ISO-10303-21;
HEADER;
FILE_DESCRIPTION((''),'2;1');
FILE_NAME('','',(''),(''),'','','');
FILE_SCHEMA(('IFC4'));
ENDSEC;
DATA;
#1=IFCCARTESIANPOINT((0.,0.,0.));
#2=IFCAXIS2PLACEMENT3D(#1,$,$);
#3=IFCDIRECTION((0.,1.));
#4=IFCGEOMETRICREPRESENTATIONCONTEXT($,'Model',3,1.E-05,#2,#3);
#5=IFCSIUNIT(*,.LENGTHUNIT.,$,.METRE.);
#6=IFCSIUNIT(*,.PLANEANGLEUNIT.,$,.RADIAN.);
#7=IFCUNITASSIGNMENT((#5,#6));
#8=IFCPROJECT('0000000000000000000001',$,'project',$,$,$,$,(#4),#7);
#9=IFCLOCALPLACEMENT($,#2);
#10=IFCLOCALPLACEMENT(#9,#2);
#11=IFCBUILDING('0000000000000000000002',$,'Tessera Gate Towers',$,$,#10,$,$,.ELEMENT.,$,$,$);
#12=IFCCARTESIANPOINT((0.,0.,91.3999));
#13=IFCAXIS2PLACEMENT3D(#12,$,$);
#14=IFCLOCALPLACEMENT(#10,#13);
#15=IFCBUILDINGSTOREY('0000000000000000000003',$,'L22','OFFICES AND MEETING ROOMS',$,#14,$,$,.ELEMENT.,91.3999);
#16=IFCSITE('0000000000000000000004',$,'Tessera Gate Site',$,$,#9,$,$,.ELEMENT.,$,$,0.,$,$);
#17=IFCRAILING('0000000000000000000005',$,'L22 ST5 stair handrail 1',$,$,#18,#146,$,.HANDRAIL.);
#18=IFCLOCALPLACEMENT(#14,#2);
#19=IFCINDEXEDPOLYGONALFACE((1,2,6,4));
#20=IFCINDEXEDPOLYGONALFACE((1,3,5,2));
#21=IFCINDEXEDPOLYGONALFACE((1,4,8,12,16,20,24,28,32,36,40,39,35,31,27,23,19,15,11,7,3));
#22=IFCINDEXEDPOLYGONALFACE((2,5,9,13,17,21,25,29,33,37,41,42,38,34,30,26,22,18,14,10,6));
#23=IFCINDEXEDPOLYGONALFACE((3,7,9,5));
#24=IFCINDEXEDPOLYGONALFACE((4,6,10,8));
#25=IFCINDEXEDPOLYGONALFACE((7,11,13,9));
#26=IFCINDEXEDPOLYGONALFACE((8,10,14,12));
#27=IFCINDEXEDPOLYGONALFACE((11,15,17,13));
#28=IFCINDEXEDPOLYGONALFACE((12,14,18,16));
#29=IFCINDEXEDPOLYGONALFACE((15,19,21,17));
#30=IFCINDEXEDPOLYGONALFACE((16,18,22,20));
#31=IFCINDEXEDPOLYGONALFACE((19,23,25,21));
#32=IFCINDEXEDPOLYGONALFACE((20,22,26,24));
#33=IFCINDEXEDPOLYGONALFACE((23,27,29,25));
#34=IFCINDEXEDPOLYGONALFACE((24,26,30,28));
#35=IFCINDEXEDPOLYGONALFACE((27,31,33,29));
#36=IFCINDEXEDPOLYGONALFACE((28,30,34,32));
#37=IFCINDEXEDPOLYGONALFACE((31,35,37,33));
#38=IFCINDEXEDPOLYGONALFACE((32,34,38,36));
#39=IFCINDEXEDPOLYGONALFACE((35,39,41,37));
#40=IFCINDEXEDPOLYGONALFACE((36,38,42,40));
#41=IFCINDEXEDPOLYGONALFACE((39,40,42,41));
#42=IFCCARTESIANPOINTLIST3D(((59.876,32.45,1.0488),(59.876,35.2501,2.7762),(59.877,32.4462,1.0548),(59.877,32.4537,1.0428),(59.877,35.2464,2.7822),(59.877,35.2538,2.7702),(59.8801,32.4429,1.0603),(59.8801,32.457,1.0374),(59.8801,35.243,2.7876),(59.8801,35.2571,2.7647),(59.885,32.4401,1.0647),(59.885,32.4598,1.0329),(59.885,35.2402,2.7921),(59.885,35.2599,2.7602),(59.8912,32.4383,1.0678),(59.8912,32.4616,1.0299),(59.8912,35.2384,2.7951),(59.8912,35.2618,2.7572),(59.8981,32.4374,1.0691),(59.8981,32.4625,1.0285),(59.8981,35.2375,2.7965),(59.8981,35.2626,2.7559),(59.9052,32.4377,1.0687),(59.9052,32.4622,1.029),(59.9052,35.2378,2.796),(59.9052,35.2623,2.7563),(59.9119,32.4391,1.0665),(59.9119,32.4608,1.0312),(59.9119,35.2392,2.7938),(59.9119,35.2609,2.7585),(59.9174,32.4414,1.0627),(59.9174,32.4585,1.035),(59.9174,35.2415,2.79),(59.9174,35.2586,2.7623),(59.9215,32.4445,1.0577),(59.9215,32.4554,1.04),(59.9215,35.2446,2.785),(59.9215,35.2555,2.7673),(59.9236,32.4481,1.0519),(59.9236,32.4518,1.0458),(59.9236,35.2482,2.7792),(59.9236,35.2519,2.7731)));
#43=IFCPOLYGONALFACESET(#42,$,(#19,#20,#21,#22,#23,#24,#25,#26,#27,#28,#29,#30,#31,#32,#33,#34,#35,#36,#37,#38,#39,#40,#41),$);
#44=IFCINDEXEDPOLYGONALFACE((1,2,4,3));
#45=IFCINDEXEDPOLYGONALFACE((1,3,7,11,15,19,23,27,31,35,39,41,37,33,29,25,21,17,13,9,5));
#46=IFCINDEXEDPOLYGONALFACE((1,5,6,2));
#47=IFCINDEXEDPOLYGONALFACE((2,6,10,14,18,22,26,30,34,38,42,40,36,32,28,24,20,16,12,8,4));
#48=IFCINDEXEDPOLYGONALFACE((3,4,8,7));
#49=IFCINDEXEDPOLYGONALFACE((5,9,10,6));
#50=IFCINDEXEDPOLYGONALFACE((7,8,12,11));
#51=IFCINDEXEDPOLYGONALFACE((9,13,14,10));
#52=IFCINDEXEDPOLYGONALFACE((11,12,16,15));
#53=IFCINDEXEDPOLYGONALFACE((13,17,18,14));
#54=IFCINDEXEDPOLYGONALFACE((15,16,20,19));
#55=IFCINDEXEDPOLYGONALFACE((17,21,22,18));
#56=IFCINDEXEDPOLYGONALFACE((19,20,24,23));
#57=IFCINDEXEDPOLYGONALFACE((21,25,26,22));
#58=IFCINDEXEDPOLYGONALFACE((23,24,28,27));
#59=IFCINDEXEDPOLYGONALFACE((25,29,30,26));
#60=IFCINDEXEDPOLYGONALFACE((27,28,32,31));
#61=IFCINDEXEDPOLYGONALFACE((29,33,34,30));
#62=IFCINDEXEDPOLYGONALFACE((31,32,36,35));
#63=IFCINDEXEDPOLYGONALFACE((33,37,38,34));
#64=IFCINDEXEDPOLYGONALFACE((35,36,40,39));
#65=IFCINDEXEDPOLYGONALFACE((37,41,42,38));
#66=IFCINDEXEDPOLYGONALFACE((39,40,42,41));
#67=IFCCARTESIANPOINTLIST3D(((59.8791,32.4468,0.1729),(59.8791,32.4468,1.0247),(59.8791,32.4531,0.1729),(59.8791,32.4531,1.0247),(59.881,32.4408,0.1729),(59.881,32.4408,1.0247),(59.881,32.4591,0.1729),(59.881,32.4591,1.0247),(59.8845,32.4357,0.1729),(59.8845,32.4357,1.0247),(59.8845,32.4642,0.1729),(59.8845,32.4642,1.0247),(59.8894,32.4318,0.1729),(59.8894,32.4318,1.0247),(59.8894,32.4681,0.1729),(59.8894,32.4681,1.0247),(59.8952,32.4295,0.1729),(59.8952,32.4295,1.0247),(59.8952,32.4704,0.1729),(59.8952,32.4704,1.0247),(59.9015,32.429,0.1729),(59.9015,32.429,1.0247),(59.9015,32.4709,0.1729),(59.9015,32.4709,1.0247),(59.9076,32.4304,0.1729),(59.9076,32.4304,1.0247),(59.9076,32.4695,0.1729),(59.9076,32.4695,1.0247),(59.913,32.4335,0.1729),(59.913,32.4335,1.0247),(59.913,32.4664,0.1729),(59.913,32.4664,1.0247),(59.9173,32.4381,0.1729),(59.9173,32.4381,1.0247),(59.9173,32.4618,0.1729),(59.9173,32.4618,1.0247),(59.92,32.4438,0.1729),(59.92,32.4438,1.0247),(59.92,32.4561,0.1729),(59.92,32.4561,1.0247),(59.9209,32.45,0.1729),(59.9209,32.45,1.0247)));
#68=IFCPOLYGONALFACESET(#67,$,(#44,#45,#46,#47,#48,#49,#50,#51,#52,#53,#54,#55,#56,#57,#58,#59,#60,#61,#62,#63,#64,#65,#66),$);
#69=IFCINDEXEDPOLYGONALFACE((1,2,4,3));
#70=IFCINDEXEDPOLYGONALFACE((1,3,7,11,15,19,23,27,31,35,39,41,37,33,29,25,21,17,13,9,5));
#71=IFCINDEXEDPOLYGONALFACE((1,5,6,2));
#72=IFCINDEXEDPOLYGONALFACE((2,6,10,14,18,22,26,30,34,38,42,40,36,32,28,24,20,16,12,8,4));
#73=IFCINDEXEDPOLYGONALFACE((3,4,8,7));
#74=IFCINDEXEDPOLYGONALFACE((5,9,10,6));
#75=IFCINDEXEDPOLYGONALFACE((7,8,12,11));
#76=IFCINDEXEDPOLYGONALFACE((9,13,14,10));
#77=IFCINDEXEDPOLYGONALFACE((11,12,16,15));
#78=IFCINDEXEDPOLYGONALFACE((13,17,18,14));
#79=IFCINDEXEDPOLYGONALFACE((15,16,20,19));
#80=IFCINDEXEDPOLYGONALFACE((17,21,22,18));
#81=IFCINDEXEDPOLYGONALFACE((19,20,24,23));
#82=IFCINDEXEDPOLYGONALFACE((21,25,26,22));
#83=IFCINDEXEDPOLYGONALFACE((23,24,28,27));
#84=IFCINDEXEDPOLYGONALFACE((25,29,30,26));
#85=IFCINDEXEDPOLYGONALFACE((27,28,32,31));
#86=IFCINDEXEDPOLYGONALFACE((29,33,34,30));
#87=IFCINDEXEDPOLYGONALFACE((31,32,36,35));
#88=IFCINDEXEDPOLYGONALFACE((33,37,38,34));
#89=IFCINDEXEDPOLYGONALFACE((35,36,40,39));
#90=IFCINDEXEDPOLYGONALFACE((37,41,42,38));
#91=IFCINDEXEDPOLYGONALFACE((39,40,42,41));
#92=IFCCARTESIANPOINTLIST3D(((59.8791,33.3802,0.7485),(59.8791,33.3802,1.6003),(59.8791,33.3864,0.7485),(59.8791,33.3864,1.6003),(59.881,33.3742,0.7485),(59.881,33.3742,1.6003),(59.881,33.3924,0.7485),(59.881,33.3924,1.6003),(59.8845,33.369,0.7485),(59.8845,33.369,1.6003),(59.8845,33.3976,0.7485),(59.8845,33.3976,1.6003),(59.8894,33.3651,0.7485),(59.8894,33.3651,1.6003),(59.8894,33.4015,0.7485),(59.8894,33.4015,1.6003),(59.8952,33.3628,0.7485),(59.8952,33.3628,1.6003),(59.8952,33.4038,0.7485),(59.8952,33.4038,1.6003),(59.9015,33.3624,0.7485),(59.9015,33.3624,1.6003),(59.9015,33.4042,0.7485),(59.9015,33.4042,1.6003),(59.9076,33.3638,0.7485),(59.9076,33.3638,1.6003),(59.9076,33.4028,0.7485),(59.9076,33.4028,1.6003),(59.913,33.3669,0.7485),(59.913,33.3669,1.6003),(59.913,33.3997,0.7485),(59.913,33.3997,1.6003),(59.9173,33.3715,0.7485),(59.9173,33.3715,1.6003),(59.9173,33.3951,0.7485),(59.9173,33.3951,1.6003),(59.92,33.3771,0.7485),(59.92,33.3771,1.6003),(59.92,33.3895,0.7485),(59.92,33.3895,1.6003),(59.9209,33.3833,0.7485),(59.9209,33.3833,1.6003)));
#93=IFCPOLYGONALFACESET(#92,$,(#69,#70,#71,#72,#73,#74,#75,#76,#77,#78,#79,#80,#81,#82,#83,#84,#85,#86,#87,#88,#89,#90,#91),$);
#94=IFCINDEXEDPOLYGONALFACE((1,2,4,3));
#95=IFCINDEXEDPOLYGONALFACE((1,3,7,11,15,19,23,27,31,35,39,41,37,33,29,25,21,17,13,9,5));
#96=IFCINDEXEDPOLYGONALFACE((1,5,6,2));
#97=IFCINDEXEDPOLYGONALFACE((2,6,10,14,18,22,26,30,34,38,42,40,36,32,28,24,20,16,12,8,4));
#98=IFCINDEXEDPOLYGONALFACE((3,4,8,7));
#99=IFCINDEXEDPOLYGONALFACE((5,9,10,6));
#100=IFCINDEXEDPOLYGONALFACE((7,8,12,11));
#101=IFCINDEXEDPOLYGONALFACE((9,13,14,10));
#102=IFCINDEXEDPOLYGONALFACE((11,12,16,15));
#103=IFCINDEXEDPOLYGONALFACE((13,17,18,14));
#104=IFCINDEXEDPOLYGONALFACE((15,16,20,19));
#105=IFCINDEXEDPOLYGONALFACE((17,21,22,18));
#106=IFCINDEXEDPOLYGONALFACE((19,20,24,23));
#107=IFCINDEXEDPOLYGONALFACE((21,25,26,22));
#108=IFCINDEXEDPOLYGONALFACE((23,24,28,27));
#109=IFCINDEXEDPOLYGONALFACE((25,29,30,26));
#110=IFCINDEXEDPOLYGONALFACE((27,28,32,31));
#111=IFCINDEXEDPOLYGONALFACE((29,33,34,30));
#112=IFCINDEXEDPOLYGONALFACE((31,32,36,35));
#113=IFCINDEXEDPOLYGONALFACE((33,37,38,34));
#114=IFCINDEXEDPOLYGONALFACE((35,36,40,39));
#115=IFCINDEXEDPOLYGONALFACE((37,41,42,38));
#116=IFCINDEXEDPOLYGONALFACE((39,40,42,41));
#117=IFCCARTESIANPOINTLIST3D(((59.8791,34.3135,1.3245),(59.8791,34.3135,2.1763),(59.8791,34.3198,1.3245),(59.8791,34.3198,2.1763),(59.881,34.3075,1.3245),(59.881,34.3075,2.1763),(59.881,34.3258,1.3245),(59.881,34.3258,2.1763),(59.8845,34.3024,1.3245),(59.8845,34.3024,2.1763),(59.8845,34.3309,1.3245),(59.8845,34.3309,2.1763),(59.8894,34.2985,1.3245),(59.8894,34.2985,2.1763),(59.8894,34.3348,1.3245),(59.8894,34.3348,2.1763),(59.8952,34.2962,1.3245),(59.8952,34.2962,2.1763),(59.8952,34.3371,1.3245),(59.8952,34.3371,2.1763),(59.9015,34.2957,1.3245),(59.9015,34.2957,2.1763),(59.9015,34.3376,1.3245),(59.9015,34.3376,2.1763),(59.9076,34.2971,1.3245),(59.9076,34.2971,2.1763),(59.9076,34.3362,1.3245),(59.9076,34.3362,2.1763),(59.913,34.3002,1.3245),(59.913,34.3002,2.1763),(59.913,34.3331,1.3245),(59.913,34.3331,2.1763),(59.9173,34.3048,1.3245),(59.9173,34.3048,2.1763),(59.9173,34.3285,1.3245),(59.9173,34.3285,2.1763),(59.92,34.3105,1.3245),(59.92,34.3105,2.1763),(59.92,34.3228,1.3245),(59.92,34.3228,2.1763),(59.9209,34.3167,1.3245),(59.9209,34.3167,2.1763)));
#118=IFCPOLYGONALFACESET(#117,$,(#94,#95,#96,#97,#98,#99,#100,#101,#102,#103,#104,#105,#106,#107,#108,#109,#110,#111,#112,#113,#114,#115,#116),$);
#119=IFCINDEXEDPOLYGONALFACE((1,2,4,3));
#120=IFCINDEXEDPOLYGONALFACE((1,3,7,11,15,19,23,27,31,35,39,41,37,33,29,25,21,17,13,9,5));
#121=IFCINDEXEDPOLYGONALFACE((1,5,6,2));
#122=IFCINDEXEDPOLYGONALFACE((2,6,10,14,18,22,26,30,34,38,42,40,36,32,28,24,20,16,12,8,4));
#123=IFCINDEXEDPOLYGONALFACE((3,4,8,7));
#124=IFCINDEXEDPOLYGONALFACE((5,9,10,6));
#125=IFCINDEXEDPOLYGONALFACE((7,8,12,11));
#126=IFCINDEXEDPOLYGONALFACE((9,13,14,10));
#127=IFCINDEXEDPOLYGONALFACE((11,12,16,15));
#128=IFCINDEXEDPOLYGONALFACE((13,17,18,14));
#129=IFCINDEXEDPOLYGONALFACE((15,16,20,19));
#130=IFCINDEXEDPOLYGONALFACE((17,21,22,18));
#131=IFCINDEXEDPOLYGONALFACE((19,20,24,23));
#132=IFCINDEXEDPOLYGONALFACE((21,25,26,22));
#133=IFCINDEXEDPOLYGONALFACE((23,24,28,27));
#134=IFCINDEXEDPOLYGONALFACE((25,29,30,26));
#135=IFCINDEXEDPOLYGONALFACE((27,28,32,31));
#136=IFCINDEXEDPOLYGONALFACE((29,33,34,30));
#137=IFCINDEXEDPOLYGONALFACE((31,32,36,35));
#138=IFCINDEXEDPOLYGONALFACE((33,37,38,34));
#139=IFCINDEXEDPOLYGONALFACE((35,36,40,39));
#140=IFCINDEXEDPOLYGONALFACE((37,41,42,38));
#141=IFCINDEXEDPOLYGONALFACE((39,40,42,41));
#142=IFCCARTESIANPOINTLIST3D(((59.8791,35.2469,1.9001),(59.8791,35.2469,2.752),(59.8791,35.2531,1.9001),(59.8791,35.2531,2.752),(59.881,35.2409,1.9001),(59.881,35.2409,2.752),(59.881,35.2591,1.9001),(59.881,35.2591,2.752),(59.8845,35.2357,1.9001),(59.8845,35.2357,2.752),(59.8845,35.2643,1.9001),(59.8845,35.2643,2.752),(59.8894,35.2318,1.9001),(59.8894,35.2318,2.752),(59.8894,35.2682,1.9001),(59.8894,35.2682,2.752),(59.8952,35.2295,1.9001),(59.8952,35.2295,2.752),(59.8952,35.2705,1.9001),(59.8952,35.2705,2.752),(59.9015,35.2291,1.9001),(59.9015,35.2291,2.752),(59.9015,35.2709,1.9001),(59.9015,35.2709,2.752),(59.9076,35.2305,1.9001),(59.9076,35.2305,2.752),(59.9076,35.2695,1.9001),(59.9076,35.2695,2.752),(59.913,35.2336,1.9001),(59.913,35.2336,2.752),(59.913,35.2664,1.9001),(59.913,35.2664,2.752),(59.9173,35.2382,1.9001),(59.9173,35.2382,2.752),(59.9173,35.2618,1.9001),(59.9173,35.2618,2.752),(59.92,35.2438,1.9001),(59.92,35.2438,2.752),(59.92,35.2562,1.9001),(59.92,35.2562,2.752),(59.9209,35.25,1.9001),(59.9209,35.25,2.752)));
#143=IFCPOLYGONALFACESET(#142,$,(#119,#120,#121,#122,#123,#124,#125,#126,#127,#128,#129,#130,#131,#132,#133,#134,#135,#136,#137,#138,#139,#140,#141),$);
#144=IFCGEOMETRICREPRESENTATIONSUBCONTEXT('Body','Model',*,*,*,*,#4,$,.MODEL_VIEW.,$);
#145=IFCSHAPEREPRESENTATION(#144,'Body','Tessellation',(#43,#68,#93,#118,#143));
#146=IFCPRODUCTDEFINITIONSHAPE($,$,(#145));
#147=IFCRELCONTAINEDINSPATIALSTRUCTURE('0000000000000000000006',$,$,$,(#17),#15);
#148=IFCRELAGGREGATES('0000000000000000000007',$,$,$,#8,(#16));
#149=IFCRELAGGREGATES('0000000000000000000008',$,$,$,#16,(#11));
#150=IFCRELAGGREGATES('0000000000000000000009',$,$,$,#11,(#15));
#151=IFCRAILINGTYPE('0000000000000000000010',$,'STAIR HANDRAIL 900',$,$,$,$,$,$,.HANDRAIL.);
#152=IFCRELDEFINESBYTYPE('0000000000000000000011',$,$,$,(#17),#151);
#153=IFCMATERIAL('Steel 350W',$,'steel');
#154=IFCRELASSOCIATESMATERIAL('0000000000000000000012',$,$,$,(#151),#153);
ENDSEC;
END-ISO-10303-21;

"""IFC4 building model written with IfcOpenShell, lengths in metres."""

from ifc_helpers import new_model, si_unit, direction, frame, origin, origin_2d, place, context, subcontext, project, spatial, circle, extrude, material, type_object, element, save


model = new_model("IFC4")

# Units and contexts
model_context = context("Model", 3, precision=1e-05, world=origin(), true_north=direction((0.0, 1.0)))
body_context = subcontext(model_context, "Body", "Model", "MODEL_VIEW")
ifc_project = project(units=[si_unit("LENGTHUNIT", "METRE"), si_unit("PLANEANGLEUNIT", "RADIAN")], contexts=[model_context])

# Site, building, storey
site_placement = place(None, origin())
site = spatial("IfcSite", under=ifc_project, at=site_placement, Name="Tessera Gate Site", CompositionType="ELEMENT", RefElevation=0.0)
building_placement = place(site_placement, origin())
building = spatial("IfcBuilding", under=site, at=building_placement, Name="Tessera Gate Towers", CompositionType="ELEMENT")
storey_placement = place(building_placement, frame((0.0, 0.0, 91.3999)))
storey = spatial("IfcBuildingStorey", under=building, at=storey_placement, Name="L22", Description="OFFICES AND MEETING ROOMS", CompositionType="ELEMENT", Elevation=91.3999)

# Railing
ifc_material_1 = material(Name="Steel 350W", Category="steel")
railing_type_1 = type_object("IfcRailingType", Name="STAIR HANDRAIL 900", PredefinedType="HANDRAIL", material=ifc_material_1)
railing_1_placement = place(storey_placement, frame((59.8999, 32.45, 0.1729)))
element("IfcRailing", 1, at=railing_1_placement, inside=storey, type_object=railing_type_1, Name="L22 ST5 stair handrail 1", PredefinedType="HANDRAIL", context=body_context, shape_type="SweptSolid", body=[
    extrude(circle(Radius=0.0239, at=origin_2d()), frame((0.0, 0.0, 0.876), z_axis=(0.0, 0.85109, 0.52502), x_axis=(-1.0, 0.0, 0.0)), (0.0, 0.0, 1.0), 3.29),
    extrude(circle(Radius=0.021, at=origin_2d()), origin(), (0.0, 0.0, 1.0), 0.8518),
    extrude(circle(Radius=0.021, at=origin_2d()), frame((0.0, 0.9333, 0.5757)), (0.0, 0.0, 1.0), 0.8518),
    extrude(circle(Radius=0.021, at=origin_2d()), frame((0.0, 1.8667, 1.1516)), (0.0, 0.0, 1.0), 0.8518),
    extrude(circle(Radius=0.021, at=origin_2d()), frame((0.0, 2.8, 1.7273)), (0.0, 0.0, 1.0), 0.8518),
])

save(model, "model.ifc")
